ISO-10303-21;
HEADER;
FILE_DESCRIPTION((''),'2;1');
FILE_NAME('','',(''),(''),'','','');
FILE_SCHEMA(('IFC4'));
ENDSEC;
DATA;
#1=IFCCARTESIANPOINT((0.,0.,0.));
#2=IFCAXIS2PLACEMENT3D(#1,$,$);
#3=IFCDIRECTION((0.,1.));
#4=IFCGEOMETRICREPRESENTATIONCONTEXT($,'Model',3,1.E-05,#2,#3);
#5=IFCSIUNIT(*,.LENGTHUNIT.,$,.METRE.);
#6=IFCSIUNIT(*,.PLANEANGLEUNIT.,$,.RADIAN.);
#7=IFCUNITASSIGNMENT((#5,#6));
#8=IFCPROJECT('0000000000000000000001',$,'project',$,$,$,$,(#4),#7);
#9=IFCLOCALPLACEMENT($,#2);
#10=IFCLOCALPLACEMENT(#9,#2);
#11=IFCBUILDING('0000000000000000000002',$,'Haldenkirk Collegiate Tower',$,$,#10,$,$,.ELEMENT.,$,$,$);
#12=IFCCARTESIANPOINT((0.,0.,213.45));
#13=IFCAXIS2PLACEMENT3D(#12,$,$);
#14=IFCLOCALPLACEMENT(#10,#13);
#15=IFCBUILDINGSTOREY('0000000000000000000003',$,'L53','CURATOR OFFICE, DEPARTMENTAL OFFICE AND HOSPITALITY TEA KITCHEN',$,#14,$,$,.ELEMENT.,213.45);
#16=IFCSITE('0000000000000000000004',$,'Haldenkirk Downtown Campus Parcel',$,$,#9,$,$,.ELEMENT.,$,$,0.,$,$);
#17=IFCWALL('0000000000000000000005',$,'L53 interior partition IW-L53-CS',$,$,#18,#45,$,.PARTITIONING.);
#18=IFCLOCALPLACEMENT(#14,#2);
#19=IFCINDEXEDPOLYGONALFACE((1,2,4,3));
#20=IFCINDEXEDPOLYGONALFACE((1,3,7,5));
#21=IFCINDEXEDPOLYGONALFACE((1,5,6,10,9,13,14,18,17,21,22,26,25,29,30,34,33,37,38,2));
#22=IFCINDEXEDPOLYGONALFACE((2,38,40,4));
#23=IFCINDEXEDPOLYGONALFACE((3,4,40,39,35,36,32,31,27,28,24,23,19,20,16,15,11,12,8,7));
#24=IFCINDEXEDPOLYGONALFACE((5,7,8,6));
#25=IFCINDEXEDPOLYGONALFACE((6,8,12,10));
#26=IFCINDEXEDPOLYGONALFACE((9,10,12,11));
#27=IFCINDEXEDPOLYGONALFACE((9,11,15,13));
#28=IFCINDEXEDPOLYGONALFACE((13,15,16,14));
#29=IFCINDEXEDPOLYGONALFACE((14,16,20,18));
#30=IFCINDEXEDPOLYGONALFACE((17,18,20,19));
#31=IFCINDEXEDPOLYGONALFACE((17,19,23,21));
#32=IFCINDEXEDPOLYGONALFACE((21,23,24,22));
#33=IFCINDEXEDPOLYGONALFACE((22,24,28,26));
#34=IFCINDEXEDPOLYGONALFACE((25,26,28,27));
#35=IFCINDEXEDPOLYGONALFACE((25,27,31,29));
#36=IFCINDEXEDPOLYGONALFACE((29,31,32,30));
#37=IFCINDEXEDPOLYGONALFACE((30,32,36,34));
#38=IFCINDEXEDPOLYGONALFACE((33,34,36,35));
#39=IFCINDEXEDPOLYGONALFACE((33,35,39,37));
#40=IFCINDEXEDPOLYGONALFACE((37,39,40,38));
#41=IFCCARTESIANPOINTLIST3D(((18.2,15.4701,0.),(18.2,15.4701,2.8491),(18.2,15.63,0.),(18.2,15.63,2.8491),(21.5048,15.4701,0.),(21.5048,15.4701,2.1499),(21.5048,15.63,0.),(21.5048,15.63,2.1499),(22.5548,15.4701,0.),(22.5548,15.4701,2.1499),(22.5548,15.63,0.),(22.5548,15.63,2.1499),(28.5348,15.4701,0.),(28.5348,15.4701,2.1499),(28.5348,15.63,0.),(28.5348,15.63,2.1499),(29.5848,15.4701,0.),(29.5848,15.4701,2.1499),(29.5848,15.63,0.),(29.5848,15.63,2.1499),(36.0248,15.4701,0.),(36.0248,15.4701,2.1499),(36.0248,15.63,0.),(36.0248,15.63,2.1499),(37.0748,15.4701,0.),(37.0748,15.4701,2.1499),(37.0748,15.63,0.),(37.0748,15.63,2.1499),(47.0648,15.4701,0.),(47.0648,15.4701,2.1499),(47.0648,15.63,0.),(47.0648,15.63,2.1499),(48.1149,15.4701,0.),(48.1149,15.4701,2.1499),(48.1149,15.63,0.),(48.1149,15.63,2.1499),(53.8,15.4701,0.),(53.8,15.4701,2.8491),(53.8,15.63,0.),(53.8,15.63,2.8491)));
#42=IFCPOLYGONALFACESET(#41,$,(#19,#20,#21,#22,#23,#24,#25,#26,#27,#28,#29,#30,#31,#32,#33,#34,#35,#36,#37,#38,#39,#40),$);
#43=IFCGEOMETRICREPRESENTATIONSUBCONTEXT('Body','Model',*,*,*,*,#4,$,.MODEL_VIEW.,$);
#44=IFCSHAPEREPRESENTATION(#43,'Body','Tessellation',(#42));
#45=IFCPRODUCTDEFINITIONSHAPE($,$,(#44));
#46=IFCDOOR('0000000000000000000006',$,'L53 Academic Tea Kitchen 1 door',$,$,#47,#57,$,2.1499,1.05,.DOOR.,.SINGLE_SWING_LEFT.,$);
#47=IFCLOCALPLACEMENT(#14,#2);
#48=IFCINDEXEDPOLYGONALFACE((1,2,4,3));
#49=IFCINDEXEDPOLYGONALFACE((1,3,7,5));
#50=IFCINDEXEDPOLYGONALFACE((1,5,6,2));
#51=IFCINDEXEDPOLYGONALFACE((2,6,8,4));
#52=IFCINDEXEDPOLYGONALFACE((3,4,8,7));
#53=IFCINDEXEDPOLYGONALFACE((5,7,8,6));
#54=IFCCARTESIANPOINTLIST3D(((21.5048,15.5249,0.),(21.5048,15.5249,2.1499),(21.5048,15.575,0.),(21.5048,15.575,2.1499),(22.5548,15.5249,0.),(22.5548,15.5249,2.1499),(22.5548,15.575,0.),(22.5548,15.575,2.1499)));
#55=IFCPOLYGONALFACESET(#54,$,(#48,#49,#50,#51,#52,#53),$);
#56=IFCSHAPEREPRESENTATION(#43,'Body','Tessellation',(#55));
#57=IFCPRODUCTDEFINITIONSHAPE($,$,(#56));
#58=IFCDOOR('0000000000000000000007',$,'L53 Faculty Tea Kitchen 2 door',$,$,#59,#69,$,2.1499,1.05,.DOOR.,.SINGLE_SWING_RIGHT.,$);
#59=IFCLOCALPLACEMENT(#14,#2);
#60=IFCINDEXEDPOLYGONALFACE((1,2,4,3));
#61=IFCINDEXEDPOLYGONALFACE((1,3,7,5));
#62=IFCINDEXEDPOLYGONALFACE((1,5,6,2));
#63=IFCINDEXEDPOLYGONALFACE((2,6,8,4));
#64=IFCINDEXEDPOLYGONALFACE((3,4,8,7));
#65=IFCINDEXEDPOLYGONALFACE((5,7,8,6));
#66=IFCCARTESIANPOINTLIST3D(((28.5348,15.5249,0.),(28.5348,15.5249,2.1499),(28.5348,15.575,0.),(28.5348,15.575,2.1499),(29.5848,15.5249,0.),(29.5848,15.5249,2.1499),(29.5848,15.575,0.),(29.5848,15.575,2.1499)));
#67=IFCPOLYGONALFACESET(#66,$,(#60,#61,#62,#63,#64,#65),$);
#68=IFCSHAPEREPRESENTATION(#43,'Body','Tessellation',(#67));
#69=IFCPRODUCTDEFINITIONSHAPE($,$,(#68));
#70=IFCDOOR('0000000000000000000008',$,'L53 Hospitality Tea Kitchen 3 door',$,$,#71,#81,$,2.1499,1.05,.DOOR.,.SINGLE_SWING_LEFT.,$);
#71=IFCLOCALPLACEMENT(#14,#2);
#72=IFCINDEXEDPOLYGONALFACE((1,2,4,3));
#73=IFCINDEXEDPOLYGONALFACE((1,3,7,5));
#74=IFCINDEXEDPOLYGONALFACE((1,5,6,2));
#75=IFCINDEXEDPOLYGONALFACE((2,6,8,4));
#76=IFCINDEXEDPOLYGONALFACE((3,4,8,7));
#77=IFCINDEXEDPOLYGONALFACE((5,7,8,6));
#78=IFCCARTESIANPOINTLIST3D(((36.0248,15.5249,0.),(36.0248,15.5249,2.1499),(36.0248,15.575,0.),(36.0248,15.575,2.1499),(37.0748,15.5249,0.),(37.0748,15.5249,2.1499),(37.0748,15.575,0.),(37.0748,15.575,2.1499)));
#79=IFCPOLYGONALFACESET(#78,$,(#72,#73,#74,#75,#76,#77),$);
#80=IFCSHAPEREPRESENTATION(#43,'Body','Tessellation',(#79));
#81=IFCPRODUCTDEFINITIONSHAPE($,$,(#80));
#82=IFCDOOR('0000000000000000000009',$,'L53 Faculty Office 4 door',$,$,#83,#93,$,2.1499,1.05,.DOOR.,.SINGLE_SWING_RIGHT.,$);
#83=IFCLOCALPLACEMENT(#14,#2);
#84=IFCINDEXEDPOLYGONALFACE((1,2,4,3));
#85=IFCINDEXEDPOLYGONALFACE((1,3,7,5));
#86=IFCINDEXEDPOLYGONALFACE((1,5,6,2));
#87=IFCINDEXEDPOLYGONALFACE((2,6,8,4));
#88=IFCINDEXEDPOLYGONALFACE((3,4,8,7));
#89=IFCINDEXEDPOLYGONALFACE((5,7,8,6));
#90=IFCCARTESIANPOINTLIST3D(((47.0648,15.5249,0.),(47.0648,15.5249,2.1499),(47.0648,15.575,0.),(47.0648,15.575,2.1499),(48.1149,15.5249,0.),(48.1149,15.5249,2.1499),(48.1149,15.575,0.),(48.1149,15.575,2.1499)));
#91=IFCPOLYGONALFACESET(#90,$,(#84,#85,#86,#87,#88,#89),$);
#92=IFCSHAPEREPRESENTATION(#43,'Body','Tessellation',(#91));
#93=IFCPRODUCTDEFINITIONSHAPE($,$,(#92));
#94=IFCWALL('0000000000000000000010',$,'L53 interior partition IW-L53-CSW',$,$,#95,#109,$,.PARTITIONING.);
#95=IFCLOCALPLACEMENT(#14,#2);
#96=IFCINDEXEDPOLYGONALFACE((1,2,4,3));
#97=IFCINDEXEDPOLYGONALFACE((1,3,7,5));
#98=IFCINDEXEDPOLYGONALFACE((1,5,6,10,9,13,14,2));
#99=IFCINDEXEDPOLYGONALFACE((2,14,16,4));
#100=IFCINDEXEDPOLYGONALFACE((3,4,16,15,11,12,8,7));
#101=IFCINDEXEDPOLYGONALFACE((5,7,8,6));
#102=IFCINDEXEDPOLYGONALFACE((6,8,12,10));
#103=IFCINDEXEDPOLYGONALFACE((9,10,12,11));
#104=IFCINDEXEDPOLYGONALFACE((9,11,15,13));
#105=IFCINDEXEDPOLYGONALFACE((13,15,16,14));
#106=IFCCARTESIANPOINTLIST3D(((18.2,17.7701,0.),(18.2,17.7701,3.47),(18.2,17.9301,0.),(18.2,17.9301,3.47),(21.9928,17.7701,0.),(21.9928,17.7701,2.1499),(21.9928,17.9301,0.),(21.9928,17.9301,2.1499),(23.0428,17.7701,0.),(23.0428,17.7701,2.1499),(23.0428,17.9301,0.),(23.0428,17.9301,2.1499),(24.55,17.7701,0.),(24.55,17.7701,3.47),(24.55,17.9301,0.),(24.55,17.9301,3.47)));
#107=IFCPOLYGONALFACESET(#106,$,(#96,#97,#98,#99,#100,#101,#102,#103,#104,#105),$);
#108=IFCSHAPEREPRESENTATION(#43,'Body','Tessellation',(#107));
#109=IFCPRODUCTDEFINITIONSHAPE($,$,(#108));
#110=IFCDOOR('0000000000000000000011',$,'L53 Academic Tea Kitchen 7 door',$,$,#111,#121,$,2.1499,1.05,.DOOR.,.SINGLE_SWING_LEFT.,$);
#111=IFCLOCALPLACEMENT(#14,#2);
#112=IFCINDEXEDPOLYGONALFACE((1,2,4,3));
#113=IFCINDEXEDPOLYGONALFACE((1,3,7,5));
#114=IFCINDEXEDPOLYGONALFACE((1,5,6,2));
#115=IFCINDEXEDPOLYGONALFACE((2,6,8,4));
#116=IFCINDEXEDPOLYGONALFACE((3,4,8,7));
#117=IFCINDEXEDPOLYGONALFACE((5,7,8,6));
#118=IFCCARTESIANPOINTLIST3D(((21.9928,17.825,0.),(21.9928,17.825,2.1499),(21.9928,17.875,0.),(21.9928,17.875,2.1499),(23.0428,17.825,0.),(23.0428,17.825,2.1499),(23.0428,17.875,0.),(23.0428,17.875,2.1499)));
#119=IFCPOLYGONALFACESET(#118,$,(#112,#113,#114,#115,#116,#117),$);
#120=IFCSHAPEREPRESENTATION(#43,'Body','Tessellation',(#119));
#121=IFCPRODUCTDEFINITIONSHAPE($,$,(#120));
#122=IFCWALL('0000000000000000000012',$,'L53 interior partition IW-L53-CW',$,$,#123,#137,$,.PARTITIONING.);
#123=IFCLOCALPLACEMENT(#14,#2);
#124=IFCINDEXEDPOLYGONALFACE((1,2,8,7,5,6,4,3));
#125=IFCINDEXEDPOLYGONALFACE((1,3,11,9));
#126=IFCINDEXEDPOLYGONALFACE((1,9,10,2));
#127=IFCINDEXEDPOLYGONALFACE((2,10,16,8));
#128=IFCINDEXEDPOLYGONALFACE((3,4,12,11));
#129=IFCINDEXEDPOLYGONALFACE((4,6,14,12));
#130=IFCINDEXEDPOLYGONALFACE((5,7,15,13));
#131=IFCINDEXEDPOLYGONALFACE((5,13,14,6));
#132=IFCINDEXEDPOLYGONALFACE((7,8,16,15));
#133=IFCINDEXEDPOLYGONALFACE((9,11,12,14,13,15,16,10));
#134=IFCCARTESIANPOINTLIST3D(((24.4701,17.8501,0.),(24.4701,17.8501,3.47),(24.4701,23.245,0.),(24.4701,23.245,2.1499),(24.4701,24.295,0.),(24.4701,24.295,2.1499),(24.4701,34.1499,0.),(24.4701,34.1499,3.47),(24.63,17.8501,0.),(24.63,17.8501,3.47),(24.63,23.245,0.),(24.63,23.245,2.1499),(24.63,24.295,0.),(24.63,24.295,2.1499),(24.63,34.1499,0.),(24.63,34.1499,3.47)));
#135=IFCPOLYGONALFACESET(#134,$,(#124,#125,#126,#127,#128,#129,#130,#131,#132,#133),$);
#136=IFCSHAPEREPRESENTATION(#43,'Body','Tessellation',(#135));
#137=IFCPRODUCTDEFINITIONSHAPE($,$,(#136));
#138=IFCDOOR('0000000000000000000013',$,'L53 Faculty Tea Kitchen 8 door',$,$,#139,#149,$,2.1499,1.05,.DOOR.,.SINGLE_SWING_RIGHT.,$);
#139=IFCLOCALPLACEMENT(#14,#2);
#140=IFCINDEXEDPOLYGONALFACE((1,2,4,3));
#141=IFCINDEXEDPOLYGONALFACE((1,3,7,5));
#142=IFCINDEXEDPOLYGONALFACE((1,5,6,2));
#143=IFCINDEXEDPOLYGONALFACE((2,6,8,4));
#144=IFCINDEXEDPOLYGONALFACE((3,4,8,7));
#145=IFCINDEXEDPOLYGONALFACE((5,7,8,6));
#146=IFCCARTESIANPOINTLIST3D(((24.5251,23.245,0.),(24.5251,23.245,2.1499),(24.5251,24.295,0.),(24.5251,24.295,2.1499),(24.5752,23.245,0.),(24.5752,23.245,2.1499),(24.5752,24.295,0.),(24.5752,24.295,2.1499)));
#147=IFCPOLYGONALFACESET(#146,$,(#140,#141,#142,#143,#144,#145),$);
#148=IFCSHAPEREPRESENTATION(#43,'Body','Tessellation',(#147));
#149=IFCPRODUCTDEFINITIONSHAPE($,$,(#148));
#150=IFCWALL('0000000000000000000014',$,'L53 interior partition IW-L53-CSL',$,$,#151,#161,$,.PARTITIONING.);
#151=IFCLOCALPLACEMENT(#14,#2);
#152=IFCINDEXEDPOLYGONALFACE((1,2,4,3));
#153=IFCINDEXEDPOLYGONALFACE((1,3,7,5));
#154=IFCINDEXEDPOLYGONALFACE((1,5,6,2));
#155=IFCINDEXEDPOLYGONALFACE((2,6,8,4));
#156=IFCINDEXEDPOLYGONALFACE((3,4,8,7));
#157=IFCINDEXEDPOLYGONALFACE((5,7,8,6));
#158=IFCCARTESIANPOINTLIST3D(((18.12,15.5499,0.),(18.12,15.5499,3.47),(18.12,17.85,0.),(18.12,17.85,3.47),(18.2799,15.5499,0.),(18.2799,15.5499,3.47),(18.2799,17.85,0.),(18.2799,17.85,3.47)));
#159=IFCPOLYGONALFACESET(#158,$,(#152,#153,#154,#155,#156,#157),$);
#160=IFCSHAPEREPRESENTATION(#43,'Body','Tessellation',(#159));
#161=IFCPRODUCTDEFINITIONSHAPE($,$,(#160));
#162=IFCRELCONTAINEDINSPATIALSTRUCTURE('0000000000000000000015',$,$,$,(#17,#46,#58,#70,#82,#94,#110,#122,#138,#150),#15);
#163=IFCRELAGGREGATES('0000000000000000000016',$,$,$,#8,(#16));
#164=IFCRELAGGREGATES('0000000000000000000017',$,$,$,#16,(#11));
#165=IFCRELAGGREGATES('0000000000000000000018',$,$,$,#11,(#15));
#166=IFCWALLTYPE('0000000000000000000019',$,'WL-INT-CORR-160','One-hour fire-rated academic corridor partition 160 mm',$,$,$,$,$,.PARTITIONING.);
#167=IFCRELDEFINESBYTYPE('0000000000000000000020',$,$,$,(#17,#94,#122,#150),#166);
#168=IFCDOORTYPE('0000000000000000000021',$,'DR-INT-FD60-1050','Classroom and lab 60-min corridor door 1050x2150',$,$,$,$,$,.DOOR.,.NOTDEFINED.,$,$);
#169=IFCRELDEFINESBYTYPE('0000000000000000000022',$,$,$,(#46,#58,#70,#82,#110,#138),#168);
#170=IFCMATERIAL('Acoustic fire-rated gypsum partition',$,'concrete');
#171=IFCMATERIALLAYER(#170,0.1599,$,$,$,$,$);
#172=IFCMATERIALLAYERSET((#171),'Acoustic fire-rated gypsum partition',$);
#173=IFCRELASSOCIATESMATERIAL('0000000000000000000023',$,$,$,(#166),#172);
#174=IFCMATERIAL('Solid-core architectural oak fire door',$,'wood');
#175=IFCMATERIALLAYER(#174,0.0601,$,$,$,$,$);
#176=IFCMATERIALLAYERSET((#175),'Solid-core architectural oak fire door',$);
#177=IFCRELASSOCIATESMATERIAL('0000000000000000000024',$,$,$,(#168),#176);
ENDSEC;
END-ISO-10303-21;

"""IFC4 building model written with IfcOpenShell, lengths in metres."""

from ifc_helpers import new_model, si_unit, direction, frame, frame_2d, origin, place, context, subcontext, project, spatial, rectangle, extrude, material, layer, layer_set, type_object, element, fill, save


model = new_model("IFC4")

# Units and contexts
model_context = context("Model", 3, precision=1e-05, world=origin(), true_north=direction((0.0, 1.0)))
body_context = subcontext(model_context, "Body", "Model", "MODEL_VIEW")
ifc_project = project(units=[si_unit("LENGTHUNIT", "METRE"), si_unit("PLANEANGLEUNIT", "RADIAN")], contexts=[model_context])

# Site, building, storey
site_placement = place(None, origin())
site = spatial("IfcSite", under=ifc_project, at=site_placement, Name="Haldenkirk Downtown Campus Parcel", CompositionType="ELEMENT", RefElevation=0.0)
building_placement = place(site_placement, origin())
building = spatial("IfcBuilding", under=site, at=building_placement, Name="Haldenkirk Collegiate Tower", CompositionType="ELEMENT")
storey_placement = place(building_placement, frame((0.0, 0.0, 213.45)))
storey = spatial("IfcBuildingStorey", under=building, at=storey_placement, Name="L53", Description="CURATOR OFFICE, DEPARTMENTAL OFFICE AND HOSPITALITY TEA KITCHEN", CompositionType="ELEMENT", Elevation=213.45)

# Wall, openings, doors
ifc_material_1 = material(Name="Acoustic fire-rated gypsum partition", Category="concrete")
ifc_layer_1 = layer(ifc_material_1, 0.1599)
ifc_layer_set_1 = layer_set([ifc_layer_1], Name="Acoustic fire-rated gypsum partition")
wall_type_1 = type_object("IfcWallType", Name="WL-INT-CORR-160", Description="One-hour fire-rated academic corridor partition 160 mm", PredefinedType="PARTITIONING", material=ifc_layer_set_1)
wall_1_placement = place(storey_placement, frame((18.2, 15.55, 0.0), z_axis=(0.0, 0.0, 1.0), x_axis=(1.0, 0.0, 0.0)))
wall_1 = element("IfcWall", 1, at=wall_1_placement, inside=storey, type_object=wall_type_1, Name="L53 interior partition IW-L53-CS", PredefinedType="PARTITIONING", context=body_context, shape_type="SweptSolid", body=[
    extrude(rectangle(XDim=35.6001, YDim=0.1599, at=frame_2d((17.8, 0.0))), origin(), (0.0, 0.0, 1.0), 2.8491),
])
opening_1_placement = place(wall_1_placement, frame((3.3049, 0.0, 0.0)))
opening_1 = element("IfcOpeningElement", 2, at=opening_1_placement, cuts=wall_1, PredefinedType="OPENING", context=body_context, shape_type="SweptSolid", body=[
    extrude(rectangle(XDim=1.05, YDim=2.1499, at=frame_2d((0.5249, 1.075))), frame((0.0, 0.0898, 0.0), z_axis=(0.0, -1.0, 0.0), x_axis=(1.0, 0.0, 0.0)), (0.0, 0.0, 1.0), 0.1799),
])
opening_2_placement = place(wall_1_placement, frame((10.335, 0.0, 0.0)))
opening_2 = element("IfcOpeningElement", 3, at=opening_2_placement, cuts=wall_1, PredefinedType="OPENING", context=body_context, shape_type="SweptSolid", body=[
    extrude(rectangle(XDim=1.05, YDim=2.1499, at=frame_2d((0.5249, 1.075))), frame((0.0, 0.0898, 0.0), z_axis=(0.0, -1.0, 0.0), x_axis=(1.0, 0.0, 0.0)), (0.0, 0.0, 1.0), 0.1799),
])
opening_3_placement = place(wall_1_placement, frame((17.825, 0.0, 0.0)))
opening_3 = element("IfcOpeningElement", 4, at=opening_3_placement, cuts=wall_1, PredefinedType="OPENING", context=body_context, shape_type="SweptSolid", body=[
    extrude(rectangle(XDim=1.05, YDim=2.1499, at=frame_2d((0.5249, 1.075))), frame((0.0, 0.0898, 0.0), z_axis=(0.0, -1.0, 0.0), x_axis=(1.0, 0.0, 0.0)), (0.0, 0.0, 1.0), 0.1799),
])
opening_4_placement = place(wall_1_placement, frame((28.865, 0.0, 0.0)))
opening_4 = element("IfcOpeningElement", 5, at=opening_4_placement, cuts=wall_1, PredefinedType="OPENING", context=body_context, shape_type="SweptSolid", body=[
    extrude(rectangle(XDim=1.05, YDim=2.1499, at=frame_2d((0.5249, 1.075))), frame((0.0, 0.0898, 0.0), z_axis=(0.0, -1.0, 0.0), x_axis=(1.0, 0.0, 0.0)), (0.0, 0.0, 1.0), 0.1799),
])
ifc_material_2 = material(Name="Solid-core architectural oak fire door", Category="wood")
ifc_layer_2 = layer(ifc_material_2, 0.0601)
ifc_layer_set_2 = layer_set([ifc_layer_2], Name="Solid-core architectural oak fire door")
door_type_1 = type_object("IfcDoorType", Name="DR-INT-FD60-1050", Description="Classroom and lab 60-min corridor door 1050x2150", OperationType="NOTDEFINED", PredefinedType="DOOR", material=ifc_layer_set_2)
door_1_placement = place(opening_1_placement, origin())
door_1 = element("IfcDoor", 6, at=door_1_placement, inside=storey, type_object=door_type_1, Name="L53 Academic Tea Kitchen 1 door", OperationType="SINGLE_SWING_LEFT", OverallHeight=2.1499, OverallWidth=1.05, PredefinedType="DOOR", context=body_context, shape_type="SweptSolid", body=[
    extrude(rectangle(XDim=1.05, YDim=2.1499, at=frame_2d((0.5249, 1.075))), frame((0.0, 0.0249, 0.0), z_axis=(0.0, -1.0, 0.0), x_axis=(1.0, 0.0, 0.0)), (0.0, 0.0, 1.0), 0.05),
])
fill(opening_1, door_1)
door_2_placement = place(opening_2_placement, origin())
door_2 = element("IfcDoor", 7, at=door_2_placement, inside=storey, type_object=door_type_1, Name="L53 Faculty Tea Kitchen 2 door", OperationType="SINGLE_SWING_RIGHT", OverallHeight=2.1499, OverallWidth=1.05, PredefinedType="DOOR", context=body_context, shape_type="SweptSolid", body=[
    extrude(rectangle(XDim=1.05, YDim=2.1499, at=frame_2d((0.5249, 1.075))), frame((0.0, 0.0249, 0.0), z_axis=(0.0, -1.0, 0.0), x_axis=(1.0, 0.0, 0.0)), (0.0, 0.0, 1.0), 0.05),
])
fill(opening_2, door_2)
door_3_placement = place(opening_3_placement, origin())
door_3 = element("IfcDoor", 8, at=door_3_placement, inside=storey, type_object=door_type_1, Name="L53 Hospitality Tea Kitchen 3 door", OperationType="SINGLE_SWING_LEFT", OverallHeight=2.1499, OverallWidth=1.05, PredefinedType="DOOR", context=body_context, shape_type="SweptSolid", body=[
    extrude(rectangle(XDim=1.05, YDim=2.1499, at=frame_2d((0.5249, 1.075))), frame((0.0, 0.0249, 0.0), z_axis=(0.0, -1.0, 0.0), x_axis=(1.0, 0.0, 0.0)), (0.0, 0.0, 1.0), 0.05),
])
fill(opening_3, door_3)
door_4_placement = place(opening_4_placement, origin())
door_4 = element("IfcDoor", 9, at=door_4_placement, inside=storey, type_object=door_type_1, Name="L53 Faculty Office 4 door", OperationType="SINGLE_SWING_RIGHT", OverallHeight=2.1499, OverallWidth=1.05, PredefinedType="DOOR", context=body_context, shape_type="SweptSolid", body=[
    extrude(rectangle(XDim=1.05, YDim=2.1499, at=frame_2d((0.5249, 1.075))), frame((0.0, 0.0249, 0.0), z_axis=(0.0, -1.0, 0.0), x_axis=(1.0, 0.0, 0.0)), (0.0, 0.0, 1.0), 0.05),
])
fill(opening_4, door_4)

# Walls, openings, doors
wall_2_placement = place(storey_placement, frame((18.2, 17.8501, 0.0), z_axis=(0.0, 0.0, 1.0), x_axis=(1.0, 0.0, 0.0)))
wall_2 = element("IfcWall", 10, at=wall_2_placement, inside=storey, type_object=wall_type_1, Name="L53 interior partition IW-L53-CSW", PredefinedType="PARTITIONING", context=body_context, shape_type="SweptSolid", body=[
    extrude(rectangle(XDim=6.3501, YDim=0.1599, at=frame_2d((3.175, 0.0))), origin(), (0.0, 0.0, 1.0), 3.47),
])
opening_5_placement = place(wall_2_placement, frame((3.793, 0.0, 0.0)))
opening_5 = element("IfcOpeningElement", 11, at=opening_5_placement, cuts=wall_2, PredefinedType="OPENING", context=body_context, shape_type="SweptSolid", body=[
    extrude(rectangle(XDim=1.05, YDim=2.1499, at=frame_2d((0.5249, 1.075))), frame((0.0, 0.0898, 0.0), z_axis=(0.0, -1.0, 0.0), x_axis=(1.0, 0.0, 0.0)), (0.0, 0.0, 1.0), 0.1799),
])
door_5_placement = place(opening_5_placement, origin())
door_5 = element("IfcDoor", 12, at=door_5_placement, inside=storey, type_object=door_type_1, Name="L53 Academic Tea Kitchen 7 door", OperationType="SINGLE_SWING_LEFT", OverallHeight=2.1499, OverallWidth=1.05, PredefinedType="DOOR", context=body_context, shape_type="SweptSolid", body=[
    extrude(rectangle(XDim=1.05, YDim=2.1499, at=frame_2d((0.5249, 1.075))), frame((0.0, 0.0249, 0.0), z_axis=(0.0, -1.0, 0.0), x_axis=(1.0, 0.0, 0.0)), (0.0, 0.0, 1.0), 0.05),
])
fill(opening_5, door_5)
wall_3_placement = place(storey_placement, frame((24.55, 17.8501, 0.0), z_axis=(0.0, 0.0, 1.0), x_axis=(0.0, 1.0, 0.0)))
wall_3 = element("IfcWall", 13, at=wall_3_placement, inside=storey, type_object=wall_type_1, Name="L53 interior partition IW-L53-CW", PredefinedType="PARTITIONING", context=body_context, shape_type="SweptSolid", body=[
    extrude(rectangle(XDim=16.2998, YDim=0.1599, at=frame_2d((8.1499, 0.0))), origin(), (0.0, 0.0, 1.0), 3.47),
])
opening_6_placement = place(wall_3_placement, frame((5.395, 0.0, 0.0)))
opening_6 = element("IfcOpeningElement", 14, at=opening_6_placement, cuts=wall_3, PredefinedType="OPENING", context=body_context, shape_type="SweptSolid", body=[
    extrude(rectangle(XDim=1.05, YDim=2.1499, at=frame_2d((0.5249, 1.075))), frame((0.0, 0.0898, 0.0), z_axis=(0.0, -1.0, 0.0), x_axis=(1.0, 0.0, 0.0)), (0.0, 0.0, 1.0), 0.1799),
])
door_6_placement = place(opening_6_placement, origin())
door_6 = element("IfcDoor", 15, at=door_6_placement, inside=storey, type_object=door_type_1, Name="L53 Faculty Tea Kitchen 8 door", OperationType="SINGLE_SWING_RIGHT", OverallHeight=2.1499, OverallWidth=1.05, PredefinedType="DOOR", context=body_context, shape_type="SweptSolid", body=[
    extrude(rectangle(XDim=1.05, YDim=2.1499, at=frame_2d((0.5249, 1.075))), frame((0.0, 0.0249, 0.0), z_axis=(0.0, -1.0, 0.0), x_axis=(1.0, 0.0, 0.0)), (0.0, 0.0, 1.0), 0.05),
])
fill(opening_6, door_6)

# Wall
wall_4_placement = place(storey_placement, frame((18.2, 15.55, 0.0), z_axis=(0.0, 0.0, 1.0), x_axis=(0.0, 1.0, 0.0)))
element("IfcWall", 16, at=wall_4_placement, inside=storey, type_object=wall_type_1, Name="L53 interior partition IW-L53-CSL", PredefinedType="PARTITIONING", context=body_context, shape_type="SweptSolid", body=[
    extrude(rectangle(XDim=2.3, YDim=0.1599, at=frame_2d((1.1499, 0.0))), origin(), (0.0, 0.0, 1.0), 3.47),
])

save(model, "model.ifc")
